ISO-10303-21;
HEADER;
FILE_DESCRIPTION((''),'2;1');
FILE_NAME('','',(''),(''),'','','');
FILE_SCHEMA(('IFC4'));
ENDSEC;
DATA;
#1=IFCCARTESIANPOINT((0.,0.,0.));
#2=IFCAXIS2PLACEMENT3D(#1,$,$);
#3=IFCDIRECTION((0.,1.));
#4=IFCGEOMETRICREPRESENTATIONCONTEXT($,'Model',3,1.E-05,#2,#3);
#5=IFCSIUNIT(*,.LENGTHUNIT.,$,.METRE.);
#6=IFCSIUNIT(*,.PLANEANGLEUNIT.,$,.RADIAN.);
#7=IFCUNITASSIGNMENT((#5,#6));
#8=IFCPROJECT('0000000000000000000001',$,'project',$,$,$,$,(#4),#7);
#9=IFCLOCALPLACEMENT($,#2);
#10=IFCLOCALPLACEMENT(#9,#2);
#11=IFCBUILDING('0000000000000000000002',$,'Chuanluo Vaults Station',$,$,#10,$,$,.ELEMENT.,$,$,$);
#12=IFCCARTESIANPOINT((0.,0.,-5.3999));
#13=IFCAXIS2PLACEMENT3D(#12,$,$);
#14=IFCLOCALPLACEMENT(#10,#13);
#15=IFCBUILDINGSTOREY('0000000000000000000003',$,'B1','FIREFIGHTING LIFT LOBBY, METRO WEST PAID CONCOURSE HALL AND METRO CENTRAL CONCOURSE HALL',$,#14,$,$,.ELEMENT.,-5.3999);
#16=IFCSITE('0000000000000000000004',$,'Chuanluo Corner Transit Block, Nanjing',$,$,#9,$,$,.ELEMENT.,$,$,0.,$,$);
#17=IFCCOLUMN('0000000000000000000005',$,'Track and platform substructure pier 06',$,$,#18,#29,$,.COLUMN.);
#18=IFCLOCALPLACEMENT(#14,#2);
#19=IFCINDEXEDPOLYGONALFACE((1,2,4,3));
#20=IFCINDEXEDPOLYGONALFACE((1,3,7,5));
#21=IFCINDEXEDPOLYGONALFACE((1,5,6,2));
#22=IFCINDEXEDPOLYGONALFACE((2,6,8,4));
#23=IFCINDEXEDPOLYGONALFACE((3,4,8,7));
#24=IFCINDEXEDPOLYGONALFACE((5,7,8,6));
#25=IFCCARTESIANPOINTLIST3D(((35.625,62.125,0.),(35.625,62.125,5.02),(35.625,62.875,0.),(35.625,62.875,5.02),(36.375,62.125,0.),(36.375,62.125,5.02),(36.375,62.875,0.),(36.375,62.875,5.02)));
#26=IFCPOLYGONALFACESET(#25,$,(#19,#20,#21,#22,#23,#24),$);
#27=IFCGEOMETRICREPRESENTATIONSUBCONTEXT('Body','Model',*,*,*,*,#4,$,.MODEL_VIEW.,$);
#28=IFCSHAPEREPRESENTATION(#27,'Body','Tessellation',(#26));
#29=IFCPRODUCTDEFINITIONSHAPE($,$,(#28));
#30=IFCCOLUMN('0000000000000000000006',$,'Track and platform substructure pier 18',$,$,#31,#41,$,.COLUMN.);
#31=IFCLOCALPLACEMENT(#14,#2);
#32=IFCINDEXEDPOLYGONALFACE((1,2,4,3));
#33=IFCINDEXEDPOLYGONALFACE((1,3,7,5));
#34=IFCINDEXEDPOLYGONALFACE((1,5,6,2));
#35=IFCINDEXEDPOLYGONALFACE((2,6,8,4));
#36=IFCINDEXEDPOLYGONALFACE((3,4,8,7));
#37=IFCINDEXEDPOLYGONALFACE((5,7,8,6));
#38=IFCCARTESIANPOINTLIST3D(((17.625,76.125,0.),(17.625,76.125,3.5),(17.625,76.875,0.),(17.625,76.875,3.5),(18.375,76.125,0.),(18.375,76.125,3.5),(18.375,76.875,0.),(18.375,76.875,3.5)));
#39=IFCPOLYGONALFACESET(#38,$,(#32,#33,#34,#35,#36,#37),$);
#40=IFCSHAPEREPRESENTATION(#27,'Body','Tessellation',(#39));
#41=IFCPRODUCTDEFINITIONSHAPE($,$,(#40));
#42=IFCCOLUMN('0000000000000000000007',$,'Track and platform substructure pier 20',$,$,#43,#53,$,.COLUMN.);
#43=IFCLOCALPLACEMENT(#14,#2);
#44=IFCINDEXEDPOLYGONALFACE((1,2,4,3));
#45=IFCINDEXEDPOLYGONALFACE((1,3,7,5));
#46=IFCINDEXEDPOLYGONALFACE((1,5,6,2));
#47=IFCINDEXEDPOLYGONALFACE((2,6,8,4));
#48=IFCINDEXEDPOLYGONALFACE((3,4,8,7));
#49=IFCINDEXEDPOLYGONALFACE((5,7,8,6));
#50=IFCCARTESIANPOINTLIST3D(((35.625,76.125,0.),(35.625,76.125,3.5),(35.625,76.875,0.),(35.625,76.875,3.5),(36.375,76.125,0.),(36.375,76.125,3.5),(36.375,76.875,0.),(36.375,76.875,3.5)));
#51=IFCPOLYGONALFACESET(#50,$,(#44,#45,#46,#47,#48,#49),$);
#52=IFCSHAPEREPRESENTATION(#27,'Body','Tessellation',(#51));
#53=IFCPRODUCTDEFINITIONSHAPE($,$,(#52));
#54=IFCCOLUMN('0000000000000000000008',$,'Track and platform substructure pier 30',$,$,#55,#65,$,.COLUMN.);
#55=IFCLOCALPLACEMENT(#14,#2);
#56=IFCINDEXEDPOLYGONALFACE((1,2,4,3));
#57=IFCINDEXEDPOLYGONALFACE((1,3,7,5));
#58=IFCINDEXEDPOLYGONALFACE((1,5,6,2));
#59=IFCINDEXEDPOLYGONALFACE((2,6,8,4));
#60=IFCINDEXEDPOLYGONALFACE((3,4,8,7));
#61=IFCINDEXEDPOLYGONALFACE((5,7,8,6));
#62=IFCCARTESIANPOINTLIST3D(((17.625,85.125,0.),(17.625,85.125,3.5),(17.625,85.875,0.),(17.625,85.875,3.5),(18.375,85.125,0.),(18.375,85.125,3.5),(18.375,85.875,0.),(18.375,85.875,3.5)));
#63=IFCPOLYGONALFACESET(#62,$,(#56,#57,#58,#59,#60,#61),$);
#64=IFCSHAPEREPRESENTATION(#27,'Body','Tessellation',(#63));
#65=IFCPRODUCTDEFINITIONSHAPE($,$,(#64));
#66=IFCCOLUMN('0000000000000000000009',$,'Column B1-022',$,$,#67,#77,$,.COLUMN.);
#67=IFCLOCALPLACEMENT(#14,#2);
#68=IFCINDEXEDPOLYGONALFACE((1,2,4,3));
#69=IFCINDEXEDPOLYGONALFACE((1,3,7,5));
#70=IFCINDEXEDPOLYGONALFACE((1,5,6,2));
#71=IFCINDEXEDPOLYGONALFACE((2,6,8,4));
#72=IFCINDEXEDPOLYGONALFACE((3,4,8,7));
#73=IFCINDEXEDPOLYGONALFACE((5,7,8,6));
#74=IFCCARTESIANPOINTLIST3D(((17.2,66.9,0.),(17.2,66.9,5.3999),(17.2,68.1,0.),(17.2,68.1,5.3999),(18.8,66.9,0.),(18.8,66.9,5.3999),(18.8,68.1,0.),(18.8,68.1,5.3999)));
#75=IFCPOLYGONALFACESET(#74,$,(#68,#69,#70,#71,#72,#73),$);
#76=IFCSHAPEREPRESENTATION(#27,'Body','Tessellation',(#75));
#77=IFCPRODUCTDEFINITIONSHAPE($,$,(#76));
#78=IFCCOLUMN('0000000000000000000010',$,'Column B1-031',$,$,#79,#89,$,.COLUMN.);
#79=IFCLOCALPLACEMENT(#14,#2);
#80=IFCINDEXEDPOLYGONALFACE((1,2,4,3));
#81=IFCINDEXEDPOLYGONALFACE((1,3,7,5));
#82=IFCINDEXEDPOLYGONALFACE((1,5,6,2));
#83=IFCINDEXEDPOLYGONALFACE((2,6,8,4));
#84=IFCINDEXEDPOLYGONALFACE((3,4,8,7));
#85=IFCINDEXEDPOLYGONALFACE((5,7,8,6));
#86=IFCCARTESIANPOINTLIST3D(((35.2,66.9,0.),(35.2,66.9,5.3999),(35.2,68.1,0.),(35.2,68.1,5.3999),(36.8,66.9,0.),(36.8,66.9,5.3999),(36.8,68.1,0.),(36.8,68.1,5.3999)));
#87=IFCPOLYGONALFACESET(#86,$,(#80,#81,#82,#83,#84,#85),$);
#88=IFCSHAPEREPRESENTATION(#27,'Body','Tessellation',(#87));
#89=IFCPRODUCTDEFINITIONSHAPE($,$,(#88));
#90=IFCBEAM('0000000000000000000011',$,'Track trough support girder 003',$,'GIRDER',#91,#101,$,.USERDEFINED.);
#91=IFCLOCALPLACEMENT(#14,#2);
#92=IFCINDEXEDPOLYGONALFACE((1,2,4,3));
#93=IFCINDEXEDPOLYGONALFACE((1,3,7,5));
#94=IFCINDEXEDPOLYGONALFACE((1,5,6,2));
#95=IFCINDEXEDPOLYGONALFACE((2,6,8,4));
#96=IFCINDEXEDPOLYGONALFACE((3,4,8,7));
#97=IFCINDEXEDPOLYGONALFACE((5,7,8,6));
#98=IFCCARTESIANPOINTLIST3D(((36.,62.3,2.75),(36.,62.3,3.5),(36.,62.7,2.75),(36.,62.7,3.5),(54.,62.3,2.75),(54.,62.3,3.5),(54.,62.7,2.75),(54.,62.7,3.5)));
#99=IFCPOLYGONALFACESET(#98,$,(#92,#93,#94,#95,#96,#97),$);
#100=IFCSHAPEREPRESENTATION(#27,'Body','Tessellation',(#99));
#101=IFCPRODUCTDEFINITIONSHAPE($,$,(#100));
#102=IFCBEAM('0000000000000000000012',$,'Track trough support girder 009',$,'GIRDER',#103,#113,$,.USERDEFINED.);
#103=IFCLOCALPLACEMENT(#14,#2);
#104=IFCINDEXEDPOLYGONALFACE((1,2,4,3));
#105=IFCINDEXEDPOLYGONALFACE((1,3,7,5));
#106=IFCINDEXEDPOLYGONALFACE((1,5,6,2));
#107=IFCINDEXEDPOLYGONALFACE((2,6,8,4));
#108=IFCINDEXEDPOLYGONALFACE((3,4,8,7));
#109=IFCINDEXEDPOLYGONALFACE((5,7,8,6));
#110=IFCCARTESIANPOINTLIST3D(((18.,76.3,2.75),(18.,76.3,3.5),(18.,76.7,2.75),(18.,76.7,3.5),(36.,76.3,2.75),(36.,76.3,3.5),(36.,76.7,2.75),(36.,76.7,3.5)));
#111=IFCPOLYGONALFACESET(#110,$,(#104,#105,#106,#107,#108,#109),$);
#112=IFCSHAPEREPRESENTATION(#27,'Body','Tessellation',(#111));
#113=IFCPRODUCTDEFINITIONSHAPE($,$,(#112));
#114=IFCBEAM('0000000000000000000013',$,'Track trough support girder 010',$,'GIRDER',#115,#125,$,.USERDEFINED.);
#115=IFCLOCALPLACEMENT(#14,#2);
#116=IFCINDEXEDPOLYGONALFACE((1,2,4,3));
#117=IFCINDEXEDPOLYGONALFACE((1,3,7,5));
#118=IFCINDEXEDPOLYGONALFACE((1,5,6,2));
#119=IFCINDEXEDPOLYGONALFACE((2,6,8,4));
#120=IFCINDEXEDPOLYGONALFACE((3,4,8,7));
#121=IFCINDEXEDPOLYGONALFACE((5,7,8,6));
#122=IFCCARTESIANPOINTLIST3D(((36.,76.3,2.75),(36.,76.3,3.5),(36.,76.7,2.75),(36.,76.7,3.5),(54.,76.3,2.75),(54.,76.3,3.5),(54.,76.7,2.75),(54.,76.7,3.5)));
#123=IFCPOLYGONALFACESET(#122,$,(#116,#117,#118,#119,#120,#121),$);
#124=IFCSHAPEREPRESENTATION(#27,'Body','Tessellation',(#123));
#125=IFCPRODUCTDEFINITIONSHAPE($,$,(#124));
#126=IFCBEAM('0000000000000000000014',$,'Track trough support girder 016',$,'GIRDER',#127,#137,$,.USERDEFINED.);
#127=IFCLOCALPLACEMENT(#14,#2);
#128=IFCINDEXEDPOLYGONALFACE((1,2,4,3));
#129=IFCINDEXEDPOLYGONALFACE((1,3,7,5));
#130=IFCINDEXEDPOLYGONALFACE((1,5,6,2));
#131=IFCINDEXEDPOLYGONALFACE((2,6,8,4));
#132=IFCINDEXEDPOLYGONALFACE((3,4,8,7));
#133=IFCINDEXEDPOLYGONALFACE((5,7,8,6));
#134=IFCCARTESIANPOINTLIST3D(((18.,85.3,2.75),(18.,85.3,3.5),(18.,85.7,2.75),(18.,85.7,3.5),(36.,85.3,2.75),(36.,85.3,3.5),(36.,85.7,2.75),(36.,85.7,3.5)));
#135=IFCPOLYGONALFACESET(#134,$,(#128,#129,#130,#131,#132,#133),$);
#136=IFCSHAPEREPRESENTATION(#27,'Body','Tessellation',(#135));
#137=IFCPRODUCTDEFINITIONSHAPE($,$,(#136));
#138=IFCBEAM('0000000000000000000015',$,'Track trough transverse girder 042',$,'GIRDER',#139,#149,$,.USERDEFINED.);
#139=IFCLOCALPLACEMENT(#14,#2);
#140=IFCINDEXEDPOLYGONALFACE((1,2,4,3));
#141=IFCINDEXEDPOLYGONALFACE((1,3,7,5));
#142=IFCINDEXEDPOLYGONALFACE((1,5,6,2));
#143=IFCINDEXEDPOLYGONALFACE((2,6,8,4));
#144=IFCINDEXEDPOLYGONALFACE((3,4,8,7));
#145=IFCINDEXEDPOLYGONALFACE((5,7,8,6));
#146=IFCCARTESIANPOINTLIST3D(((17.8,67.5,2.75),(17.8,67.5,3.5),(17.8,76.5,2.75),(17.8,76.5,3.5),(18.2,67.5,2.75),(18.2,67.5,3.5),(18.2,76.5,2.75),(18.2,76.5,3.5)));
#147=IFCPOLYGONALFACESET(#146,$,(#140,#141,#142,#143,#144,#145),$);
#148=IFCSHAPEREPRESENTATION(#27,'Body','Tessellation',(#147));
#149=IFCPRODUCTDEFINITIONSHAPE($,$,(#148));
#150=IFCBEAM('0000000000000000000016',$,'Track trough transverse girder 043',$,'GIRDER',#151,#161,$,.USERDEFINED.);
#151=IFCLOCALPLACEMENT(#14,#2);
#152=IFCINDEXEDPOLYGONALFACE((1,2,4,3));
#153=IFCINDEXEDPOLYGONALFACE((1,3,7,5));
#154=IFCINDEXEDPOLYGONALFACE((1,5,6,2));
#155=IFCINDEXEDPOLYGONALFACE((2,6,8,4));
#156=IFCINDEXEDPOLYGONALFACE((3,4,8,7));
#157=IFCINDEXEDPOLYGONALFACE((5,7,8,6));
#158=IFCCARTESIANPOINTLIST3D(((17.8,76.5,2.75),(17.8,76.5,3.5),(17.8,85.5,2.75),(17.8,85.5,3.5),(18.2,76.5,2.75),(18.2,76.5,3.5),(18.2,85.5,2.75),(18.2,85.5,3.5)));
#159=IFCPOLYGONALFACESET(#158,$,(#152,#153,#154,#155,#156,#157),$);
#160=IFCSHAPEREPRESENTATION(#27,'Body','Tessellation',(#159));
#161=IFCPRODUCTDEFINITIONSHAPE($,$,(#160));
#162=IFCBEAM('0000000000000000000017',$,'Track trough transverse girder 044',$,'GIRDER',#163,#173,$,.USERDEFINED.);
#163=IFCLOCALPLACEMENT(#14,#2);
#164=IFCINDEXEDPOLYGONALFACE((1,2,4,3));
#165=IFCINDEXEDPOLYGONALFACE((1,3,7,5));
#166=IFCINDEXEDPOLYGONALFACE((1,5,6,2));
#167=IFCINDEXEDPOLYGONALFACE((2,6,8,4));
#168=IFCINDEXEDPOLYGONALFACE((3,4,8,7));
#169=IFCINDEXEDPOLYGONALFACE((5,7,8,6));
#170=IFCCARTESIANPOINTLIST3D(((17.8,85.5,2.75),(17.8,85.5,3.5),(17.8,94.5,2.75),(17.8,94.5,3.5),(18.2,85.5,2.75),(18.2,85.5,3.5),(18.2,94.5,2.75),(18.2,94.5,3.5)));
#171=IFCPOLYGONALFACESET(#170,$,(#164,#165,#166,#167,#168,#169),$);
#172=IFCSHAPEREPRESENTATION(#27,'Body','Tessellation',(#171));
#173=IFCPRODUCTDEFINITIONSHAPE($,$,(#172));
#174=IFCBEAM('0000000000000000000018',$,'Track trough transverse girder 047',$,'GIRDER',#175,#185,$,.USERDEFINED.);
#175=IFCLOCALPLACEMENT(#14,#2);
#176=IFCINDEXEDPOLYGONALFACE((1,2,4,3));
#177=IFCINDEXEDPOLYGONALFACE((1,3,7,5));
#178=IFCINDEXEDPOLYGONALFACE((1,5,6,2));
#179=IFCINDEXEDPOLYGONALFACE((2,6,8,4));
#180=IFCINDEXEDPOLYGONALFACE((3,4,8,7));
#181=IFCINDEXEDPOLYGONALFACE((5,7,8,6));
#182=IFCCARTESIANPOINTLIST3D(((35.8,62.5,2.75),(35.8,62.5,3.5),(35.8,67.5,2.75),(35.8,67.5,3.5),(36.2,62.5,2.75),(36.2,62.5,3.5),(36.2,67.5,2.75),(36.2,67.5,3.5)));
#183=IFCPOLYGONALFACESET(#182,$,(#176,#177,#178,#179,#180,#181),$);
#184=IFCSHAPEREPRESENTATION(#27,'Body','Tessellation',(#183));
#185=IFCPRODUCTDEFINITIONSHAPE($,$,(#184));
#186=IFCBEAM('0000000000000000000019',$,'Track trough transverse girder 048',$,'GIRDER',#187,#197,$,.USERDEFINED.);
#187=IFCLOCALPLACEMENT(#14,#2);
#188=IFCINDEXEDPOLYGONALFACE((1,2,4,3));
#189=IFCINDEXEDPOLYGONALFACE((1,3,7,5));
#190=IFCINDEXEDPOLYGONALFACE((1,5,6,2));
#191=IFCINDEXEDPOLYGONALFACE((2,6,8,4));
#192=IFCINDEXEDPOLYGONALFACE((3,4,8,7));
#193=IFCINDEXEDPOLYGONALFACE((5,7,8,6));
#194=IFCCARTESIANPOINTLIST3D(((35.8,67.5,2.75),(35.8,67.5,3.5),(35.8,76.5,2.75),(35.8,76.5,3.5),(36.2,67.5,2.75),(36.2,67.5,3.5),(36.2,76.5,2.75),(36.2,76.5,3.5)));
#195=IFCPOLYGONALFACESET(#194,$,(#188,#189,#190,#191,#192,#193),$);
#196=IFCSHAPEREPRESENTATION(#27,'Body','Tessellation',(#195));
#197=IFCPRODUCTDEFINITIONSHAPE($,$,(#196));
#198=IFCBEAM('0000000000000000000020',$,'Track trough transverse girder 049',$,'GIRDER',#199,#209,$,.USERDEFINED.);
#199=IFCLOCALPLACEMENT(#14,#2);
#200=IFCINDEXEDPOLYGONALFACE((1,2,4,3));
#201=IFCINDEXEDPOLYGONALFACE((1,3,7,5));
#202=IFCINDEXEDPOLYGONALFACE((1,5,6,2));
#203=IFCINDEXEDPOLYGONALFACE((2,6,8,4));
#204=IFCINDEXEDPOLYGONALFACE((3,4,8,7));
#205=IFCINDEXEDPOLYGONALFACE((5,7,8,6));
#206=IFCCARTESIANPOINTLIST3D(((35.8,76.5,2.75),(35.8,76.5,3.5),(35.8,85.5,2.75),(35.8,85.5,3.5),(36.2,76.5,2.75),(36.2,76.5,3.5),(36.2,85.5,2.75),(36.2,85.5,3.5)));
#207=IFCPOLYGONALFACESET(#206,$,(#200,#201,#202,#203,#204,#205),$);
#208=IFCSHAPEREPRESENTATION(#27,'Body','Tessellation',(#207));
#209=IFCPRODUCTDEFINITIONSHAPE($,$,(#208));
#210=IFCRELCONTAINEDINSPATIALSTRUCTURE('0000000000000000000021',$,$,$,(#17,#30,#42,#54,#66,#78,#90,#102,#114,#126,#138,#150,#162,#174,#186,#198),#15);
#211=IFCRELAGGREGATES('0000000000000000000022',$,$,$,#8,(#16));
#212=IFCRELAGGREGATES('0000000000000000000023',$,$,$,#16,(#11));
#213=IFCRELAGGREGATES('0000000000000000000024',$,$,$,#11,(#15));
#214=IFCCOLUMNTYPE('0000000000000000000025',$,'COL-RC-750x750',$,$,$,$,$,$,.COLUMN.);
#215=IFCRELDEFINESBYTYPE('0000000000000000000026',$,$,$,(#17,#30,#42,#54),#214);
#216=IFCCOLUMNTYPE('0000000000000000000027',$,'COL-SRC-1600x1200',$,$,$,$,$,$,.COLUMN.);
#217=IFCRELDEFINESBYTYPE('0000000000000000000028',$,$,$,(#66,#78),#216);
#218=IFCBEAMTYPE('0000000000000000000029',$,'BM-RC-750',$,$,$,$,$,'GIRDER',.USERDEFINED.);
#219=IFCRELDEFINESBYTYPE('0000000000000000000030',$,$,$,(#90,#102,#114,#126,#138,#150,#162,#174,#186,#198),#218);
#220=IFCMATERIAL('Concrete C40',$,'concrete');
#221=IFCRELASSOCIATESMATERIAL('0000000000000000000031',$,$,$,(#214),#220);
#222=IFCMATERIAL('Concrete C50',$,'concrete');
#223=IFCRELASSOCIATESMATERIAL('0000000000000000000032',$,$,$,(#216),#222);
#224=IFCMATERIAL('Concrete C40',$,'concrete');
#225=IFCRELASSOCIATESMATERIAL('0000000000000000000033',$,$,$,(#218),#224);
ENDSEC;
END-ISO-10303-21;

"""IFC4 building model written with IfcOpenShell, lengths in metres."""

from ifc_helpers import new_model, si_unit, direction, frame, origin, origin_2d, place, context, subcontext, project, spatial, rectangle, extrude, material, material_profile, profile_set, type_object, element, save


model = new_model("IFC4")

# Units and contexts
model_context = context("Model", 3, precision=1e-05, world=origin(), true_north=direction((0.0, 1.0)))
body_context = subcontext(model_context, "Body", "Model", "MODEL_VIEW")
ifc_project = project(units=[si_unit("LENGTHUNIT", "METRE"), si_unit("PLANEANGLEUNIT", "RADIAN")], contexts=[model_context])

# Site, building, storey
site_placement = place(None, origin())
site = spatial("IfcSite", under=ifc_project, at=site_placement, Name="Chuanluo Corner Transit Block, Nanjing", CompositionType="ELEMENT", RefElevation=0.0)
building_placement = place(site_placement, origin())
building = spatial("IfcBuilding", under=site, at=building_placement, Name="Chuanluo Vaults Station", CompositionType="ELEMENT")
storey_placement = place(building_placement, frame((0.0, 0.0, -5.3999)))
storey = spatial("IfcBuildingStorey", under=building, at=storey_placement, Name="B1", Description="FIREFIGHTING LIFT LOBBY, METRO WEST PAID CONCOURSE HALL AND METRO CENTRAL CONCOURSE HALL", CompositionType="ELEMENT", Elevation=-5.3999)

# Columns
ifc_material_1 = material(Name="Concrete C40", Category="concrete")
ifc_material_profile_1 = material_profile(ifc_material_1, rectangle(XDim=0.75, YDim=0.75, at=origin_2d()))
ifc_profile_set_1 = profile_set([ifc_material_profile_1], Name="Concrete C40")
column_type_1 = type_object("IfcColumnType", Name="COL-RC-750x750", PredefinedType="COLUMN", material=ifc_profile_set_1)
column_placement = place(storey_placement, frame((36.0, 62.5, 0.0), z_axis=(0.0, 0.0, 1.0), x_axis=(1.0, 0.0, 0.0)))
element("IfcColumn", 1, at=column_placement, inside=storey, type_object=column_type_1, Name="Track and platform substructure pier 06", PredefinedType="COLUMN", context=body_context, shape_type="SweptSolid", body=[
    extrude(rectangle(XDim=0.75, YDim=0.75, at=origin_2d()), origin(), (0.0, 0.0, 1.0), 5.02),
])
for number, where, z_axis, x_axis, name in (
    (2, (18.0, 76.5, 0.0), (0.0, 0.0, 1.0), (1.0, 0.0, 0.0), "Track and platform substructure pier 18"),
    (3, (36.0, 76.5, 0.0), (0.0, 0.0, 1.0), (1.0, 0.0, 0.0), "Track and platform substructure pier 20"),
    (4, (18.0, 85.5, 0.0), (0.0, 0.0, 1.0), (1.0, 0.0, 0.0), "Track and platform substructure pier 30"),
):
    element("IfcColumn", number, at=place(storey_placement, frame(where, z_axis=z_axis, x_axis=x_axis)), inside=storey, type_object=column_type_1, Name=name, PredefinedType="COLUMN", context=body_context, shape_type="SweptSolid", body=[
        extrude(rectangle(XDim=0.75, YDim=0.75, at=origin_2d()), origin(), (0.0, 0.0, 1.0), 3.5),
    ])
ifc_material_2 = material(Name="Concrete C50", Category="concrete")
ifc_material_profile_2 = material_profile(ifc_material_2, rectangle(XDim=1.6001, YDim=1.2, at=origin_2d()))
ifc_profile_set_2 = profile_set([ifc_material_profile_2], Name="Concrete C50")
column_type_2 = type_object("IfcColumnType", Name="COL-SRC-1600x1200", PredefinedType="COLUMN", material=ifc_profile_set_2)
for number, where, z_axis, x_axis, name in (
    (5, (18.0, 67.5, 0.0), (0.0, 0.0, 1.0), (1.0, 0.0, 0.0), "Column B1-022"),
    (6, (36.0, 67.5, 0.0), (0.0, 0.0, 1.0), (1.0, 0.0, 0.0), "Column B1-031"),
):
    element("IfcColumn", number, at=place(storey_placement, frame(where, z_axis=z_axis, x_axis=x_axis)), inside=storey, type_object=column_type_2, Name=name, PredefinedType="COLUMN", context=body_context, shape_type="SweptSolid", body=[
        extrude(rectangle(XDim=1.6001, YDim=1.2, at=origin_2d()), origin(), (0.0, 0.0, 1.0), 5.3999),
    ])

# Beams
ifc_material_3 = material(Name="Concrete C40", Category="concrete")
ifc_material_profile_3 = material_profile(ifc_material_3, rectangle(XDim=0.3999, YDim=0.75, at=origin_2d()))
ifc_profile_set_3 = profile_set([ifc_material_profile_3], Name="Concrete C40")
beam_type = type_object("IfcBeamType", Name="BM-RC-750", ElementType="GIRDER", PredefinedType="USERDEFINED", material=ifc_profile_set_3)
for number, where, z_axis, x_axis, name in (
    (7, (36.0, 62.5, 3.125), (1.0, 0.0, 0.0), (0.0, 1.0, 0.0), "Track trough support girder 003"),
    (8, (18.0, 76.5, 3.125), (1.0, 0.0, 0.0), (0.0, 1.0, 0.0), "Track trough support girder 009"),
    (9, (36.0, 76.5, 3.125), (1.0, 0.0, 0.0), (0.0, 1.0, 0.0), "Track trough support girder 010"),
    (10, (18.0, 85.5, 3.125), (1.0, 0.0, 0.0), (0.0, 1.0, 0.0), "Track trough support girder 016"),
):
    element("IfcBeam", number, at=place(storey_placement, frame(where, z_axis=z_axis, x_axis=x_axis)), inside=storey, type_object=beam_type, Name=name, ObjectType="GIRDER", PredefinedType="USERDEFINED", context=body_context, shape_type="SweptSolid", body=[
        extrude(rectangle(XDim=0.3999, YDim=0.75, at=origin_2d()), origin(), (0.0, 0.0, 1.0), 18.0),
    ])
for number, where, z_axis, x_axis, name in (
    (11, (18.0, 67.5, 3.125), (0.0, 1.0, 0.0), (-1.0, 0.0, 0.0), "Track trough transverse girder 042"),
    (12, (18.0, 76.5, 3.125), (0.0, 1.0, 0.0), (-1.0, 0.0, 0.0), "Track trough transverse girder 043"),
    (13, (18.0, 85.5, 3.125), (0.0, 1.0, 0.0), (-1.0, 0.0, 0.0), "Track trough transverse girder 044"),
):
    element("IfcBeam", number, at=place(storey_placement, frame(where, z_axis=z_axis, x_axis=x_axis)), inside=storey, type_object=beam_type, Name=name, ObjectType="GIRDER", PredefinedType="USERDEFINED", context=body_context, shape_type="SweptSolid", body=[
        extrude(rectangle(XDim=0.3999, YDim=0.75, at=origin_2d()), origin(), (0.0, 0.0, 1.0), 9.0),
    ])
beam_placement = place(storey_placement, frame((36.0, 62.5, 3.125), z_axis=(0.0, 1.0, 0.0), x_axis=(-1.0, 0.0, 0.0)))
element("IfcBeam", 14, at=beam_placement, inside=storey, type_object=beam_type, Name="Track trough transverse girder 047", ObjectType="GIRDER", PredefinedType="USERDEFINED", context=body_context, shape_type="SweptSolid", body=[
    extrude(rectangle(XDim=0.3999, YDim=0.75, at=origin_2d()), origin(), (0.0, 0.0, 1.0), 5.0),
])
for number, where, z_axis, x_axis, name in (
    (15, (36.0, 67.5, 3.125), (0.0, 1.0, 0.0), (-1.0, 0.0, 0.0), "Track trough transverse girder 048"),
    (16, (36.0, 76.5, 3.125), (0.0, 1.0, 0.0), (-1.0, 0.0, 0.0), "Track trough transverse girder 049"),
):
    element("IfcBeam", number, at=place(storey_placement, frame(where, z_axis=z_axis, x_axis=x_axis)), inside=storey, type_object=beam_type, Name=name, ObjectType="GIRDER", PredefinedType="USERDEFINED", context=body_context, shape_type="SweptSolid", body=[
        extrude(rectangle(XDim=0.3999, YDim=0.75, at=origin_2d()), origin(), (0.0, 0.0, 1.0), 9.0),
    ])

save(model, "model.ifc")
